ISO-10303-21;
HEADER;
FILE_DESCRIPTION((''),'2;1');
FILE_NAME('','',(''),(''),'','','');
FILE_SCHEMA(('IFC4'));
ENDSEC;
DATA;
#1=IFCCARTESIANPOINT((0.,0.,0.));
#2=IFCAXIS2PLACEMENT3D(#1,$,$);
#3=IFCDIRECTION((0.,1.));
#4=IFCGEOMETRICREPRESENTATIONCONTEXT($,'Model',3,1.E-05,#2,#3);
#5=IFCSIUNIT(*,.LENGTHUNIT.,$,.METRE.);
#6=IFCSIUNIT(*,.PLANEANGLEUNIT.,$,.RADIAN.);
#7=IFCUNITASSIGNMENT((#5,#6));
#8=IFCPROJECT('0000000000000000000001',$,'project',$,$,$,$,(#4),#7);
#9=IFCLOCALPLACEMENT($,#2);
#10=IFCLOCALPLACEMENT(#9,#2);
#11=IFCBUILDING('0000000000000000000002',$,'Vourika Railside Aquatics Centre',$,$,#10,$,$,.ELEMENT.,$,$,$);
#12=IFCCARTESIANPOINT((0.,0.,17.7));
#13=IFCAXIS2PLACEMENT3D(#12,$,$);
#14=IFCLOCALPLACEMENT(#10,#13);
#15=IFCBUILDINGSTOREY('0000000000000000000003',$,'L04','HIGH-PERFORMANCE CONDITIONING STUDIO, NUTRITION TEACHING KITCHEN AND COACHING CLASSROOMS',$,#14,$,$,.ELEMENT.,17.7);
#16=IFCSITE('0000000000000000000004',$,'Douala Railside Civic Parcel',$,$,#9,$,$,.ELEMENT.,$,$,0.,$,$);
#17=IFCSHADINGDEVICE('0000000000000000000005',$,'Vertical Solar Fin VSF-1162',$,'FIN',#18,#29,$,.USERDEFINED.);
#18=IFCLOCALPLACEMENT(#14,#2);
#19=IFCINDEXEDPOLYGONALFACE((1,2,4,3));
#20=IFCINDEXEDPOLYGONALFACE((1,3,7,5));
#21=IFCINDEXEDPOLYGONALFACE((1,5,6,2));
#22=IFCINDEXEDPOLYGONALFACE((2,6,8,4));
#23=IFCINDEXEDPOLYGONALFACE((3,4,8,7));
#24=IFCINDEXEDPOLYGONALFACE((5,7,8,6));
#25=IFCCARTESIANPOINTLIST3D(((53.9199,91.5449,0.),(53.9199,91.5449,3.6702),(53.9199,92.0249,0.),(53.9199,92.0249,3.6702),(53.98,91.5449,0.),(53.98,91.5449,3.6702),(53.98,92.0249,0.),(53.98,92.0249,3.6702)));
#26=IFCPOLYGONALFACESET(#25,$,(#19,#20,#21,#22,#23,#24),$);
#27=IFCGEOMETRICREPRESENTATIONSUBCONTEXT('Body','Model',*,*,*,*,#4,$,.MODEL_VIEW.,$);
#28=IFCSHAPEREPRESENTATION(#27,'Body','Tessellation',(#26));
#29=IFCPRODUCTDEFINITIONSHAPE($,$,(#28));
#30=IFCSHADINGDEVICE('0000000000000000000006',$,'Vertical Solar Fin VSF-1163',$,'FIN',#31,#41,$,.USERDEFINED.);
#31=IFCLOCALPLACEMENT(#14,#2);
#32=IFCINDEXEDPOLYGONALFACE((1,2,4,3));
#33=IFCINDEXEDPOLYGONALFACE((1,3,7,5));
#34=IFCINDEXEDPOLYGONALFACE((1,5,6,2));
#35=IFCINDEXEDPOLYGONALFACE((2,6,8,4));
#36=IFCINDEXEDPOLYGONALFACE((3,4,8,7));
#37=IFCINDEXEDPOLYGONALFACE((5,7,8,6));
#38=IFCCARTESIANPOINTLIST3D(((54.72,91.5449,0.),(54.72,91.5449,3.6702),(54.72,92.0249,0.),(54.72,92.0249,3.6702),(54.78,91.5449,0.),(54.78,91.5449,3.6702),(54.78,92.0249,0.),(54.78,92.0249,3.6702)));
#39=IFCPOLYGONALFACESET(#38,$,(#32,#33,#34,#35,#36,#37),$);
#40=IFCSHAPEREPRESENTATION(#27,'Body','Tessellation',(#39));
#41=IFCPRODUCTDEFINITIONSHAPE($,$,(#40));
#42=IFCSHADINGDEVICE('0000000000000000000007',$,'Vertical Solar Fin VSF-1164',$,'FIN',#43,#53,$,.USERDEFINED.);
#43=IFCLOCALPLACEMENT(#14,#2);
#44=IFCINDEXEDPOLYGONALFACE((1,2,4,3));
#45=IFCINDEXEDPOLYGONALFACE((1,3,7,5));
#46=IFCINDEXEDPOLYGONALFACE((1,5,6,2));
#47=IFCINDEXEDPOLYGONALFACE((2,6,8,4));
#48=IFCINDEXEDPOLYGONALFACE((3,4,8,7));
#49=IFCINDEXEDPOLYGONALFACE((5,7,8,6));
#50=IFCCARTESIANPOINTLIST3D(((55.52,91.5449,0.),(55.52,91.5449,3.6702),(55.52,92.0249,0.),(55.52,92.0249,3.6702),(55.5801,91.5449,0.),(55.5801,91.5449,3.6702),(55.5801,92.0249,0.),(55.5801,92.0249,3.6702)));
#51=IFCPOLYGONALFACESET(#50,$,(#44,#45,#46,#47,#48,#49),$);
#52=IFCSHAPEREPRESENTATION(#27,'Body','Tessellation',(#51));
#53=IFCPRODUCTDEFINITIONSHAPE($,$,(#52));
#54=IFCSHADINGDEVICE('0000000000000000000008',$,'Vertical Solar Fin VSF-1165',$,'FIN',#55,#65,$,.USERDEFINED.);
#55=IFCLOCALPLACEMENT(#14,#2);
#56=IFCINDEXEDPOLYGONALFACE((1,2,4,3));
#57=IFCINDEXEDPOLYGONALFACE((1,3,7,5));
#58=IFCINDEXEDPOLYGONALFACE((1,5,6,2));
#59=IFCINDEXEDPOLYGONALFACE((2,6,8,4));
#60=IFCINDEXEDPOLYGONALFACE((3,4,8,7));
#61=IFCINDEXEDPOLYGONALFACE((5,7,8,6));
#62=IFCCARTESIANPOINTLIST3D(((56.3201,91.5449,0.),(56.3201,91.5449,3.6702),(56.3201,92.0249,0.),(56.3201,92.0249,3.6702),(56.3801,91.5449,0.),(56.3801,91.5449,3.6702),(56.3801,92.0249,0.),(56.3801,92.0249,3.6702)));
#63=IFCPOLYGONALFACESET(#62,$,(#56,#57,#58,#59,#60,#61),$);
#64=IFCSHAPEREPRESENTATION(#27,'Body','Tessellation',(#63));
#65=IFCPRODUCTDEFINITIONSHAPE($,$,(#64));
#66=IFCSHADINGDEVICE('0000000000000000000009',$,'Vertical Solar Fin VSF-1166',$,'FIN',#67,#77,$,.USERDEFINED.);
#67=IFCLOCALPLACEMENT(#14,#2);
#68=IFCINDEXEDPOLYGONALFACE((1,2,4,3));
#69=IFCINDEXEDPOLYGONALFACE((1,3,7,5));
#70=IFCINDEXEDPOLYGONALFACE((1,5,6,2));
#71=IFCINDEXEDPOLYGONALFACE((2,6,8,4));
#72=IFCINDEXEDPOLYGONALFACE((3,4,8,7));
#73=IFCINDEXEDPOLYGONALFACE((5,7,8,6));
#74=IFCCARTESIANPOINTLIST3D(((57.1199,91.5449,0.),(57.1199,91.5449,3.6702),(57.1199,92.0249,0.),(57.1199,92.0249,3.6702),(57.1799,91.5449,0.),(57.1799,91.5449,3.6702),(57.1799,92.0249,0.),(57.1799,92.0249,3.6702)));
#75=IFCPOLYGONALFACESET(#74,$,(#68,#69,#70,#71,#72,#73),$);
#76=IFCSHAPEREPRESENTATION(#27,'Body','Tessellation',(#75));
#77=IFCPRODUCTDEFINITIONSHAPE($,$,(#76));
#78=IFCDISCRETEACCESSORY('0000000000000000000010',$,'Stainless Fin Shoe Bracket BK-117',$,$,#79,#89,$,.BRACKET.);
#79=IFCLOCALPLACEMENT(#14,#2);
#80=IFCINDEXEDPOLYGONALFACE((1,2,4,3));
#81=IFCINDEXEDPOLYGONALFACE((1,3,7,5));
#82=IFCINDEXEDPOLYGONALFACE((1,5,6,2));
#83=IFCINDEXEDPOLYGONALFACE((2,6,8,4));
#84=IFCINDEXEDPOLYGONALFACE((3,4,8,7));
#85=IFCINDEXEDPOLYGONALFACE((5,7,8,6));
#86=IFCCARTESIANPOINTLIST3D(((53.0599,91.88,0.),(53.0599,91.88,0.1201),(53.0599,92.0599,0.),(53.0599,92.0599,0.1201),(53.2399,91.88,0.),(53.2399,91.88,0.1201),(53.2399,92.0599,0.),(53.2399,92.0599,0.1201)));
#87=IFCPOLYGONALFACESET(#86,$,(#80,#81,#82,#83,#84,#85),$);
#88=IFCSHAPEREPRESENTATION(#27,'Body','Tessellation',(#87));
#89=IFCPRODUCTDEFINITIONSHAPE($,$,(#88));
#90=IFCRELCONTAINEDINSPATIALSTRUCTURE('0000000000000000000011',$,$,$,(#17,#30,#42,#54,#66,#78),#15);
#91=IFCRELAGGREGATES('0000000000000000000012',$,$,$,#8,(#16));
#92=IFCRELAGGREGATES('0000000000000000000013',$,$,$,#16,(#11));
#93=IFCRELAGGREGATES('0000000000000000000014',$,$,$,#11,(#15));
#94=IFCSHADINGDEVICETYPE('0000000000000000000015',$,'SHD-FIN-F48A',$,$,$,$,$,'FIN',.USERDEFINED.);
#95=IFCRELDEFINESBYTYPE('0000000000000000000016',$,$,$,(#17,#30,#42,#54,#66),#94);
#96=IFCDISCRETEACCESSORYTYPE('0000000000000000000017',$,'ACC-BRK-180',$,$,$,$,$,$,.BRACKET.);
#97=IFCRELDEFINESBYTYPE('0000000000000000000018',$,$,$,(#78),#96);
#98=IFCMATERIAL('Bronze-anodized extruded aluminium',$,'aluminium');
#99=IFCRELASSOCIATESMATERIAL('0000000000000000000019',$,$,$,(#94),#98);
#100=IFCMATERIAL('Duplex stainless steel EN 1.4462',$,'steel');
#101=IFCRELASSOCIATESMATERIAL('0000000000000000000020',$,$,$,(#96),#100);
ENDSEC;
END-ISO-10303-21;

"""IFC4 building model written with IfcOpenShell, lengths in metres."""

from ifc_helpers import new_model, si_unit, direction, frame, origin, origin_2d, place, context, subcontext, project, spatial, rectangle, extrude, material, material_profile, profile_set, type_object, element, save


model = new_model("IFC4")

# Units and contexts
model_context = context("Model", 3, precision=1e-05, world=origin(), true_north=direction((0.0, 1.0)))
body_context = subcontext(model_context, "Body", "Model", "MODEL_VIEW")
ifc_project = project(units=[si_unit("LENGTHUNIT", "METRE"), si_unit("PLANEANGLEUNIT", "RADIAN")], contexts=[model_context])

# Site, building, storey
site_placement = place(None, origin())
site = spatial("IfcSite", under=ifc_project, at=site_placement, Name="Douala Railside Civic Parcel", CompositionType="ELEMENT", RefElevation=0.0)
building_placement = place(site_placement, origin())
building = spatial("IfcBuilding", under=site, at=building_placement, Name="Vourika Railside Aquatics Centre", CompositionType="ELEMENT")
storey_placement = place(building_placement, frame((0.0, 0.0, 17.7)))
storey = spatial("IfcBuildingStorey", under=building, at=storey_placement, Name="L04", Description="HIGH-PERFORMANCE CONDITIONING STUDIO, NUTRITION TEACHING KITCHEN AND COACHING CLASSROOMS", CompositionType="ELEMENT", Elevation=17.7)

# Shading devices
ifc_material_1 = material(Name="Bronze-anodized extruded aluminium", Category="aluminium")
ifc_material_profile_1 = material_profile(ifc_material_1, rectangle(XDim=0.0601, YDim=0.48, at=origin_2d()), Name="ALU-FIN 60x480")
ifc_profile_set_1 = profile_set([ifc_material_profile_1], Name="Bronze-anodized extruded aluminium")
shading_device_type = type_object("IfcShadingDeviceType", Name="SHD-FIN-F48A", ElementType="FIN", PredefinedType="USERDEFINED", material=ifc_profile_set_1)
for number, where, z_axis, x_axis, name in (
    (1, (53.95, 91.7849, 0.0), (0.0, 0.0, 1.0), (-1.0, 0.0, 0.0), "Vertical Solar Fin VSF-1162"),
    (2, (54.75, 91.7849, 0.0), (0.0, 0.0, 1.0), (-1.0, 0.0, 0.0), "Vertical Solar Fin VSF-1163"),
    (3, (55.55, 91.7849, 0.0), (0.0, 0.0, 1.0), (-1.0, 0.0, 0.0), "Vertical Solar Fin VSF-1164"),
    (4, (56.3501, 91.7849, 0.0), (0.0, 0.0, 1.0), (-1.0, 0.0, 0.0), "Vertical Solar Fin VSF-1165"),
    (5, (57.1499, 91.7849, 0.0), (0.0, 0.0, 1.0), (-1.0, 0.0, 0.0), "Vertical Solar Fin VSF-1166"),
):
    element("IfcShadingDevice", number, at=place(storey_placement, frame(where, z_axis=z_axis, x_axis=x_axis)), inside=storey, type_object=shading_device_type, Name=name, ObjectType="FIN", PredefinedType="USERDEFINED", context=body_context, shape_type="SweptSolid", body=[
        extrude(rectangle(XDim=0.0601, YDim=0.48, at=origin_2d()), origin(), (0.0, 0.0, 1.0), 3.6702),
    ])

# Discrete accessory
ifc_material_2 = material(Name="Duplex stainless steel EN 1.4462", Category="steel")
discrete_accessory_type = type_object("IfcDiscreteAccessoryType", Name="ACC-BRK-180", PredefinedType="BRACKET", material=ifc_material_2)
discrete_accessory_placement = place(storey_placement, frame((53.1499, 91.97, 0.0), z_axis=(0.0, 0.0, 1.0), x_axis=(0.0, -1.0, 0.0)))
element("IfcDiscreteAccessory", 6, at=discrete_accessory_placement, inside=storey, type_object=discrete_accessory_type, Name="Stainless Fin Shoe Bracket BK-117", PredefinedType="BRACKET", context=body_context, shape_type="SweptSolid", body=[
    extrude(rectangle(XDim=0.1799, YDim=0.1799, at=origin_2d()), origin(), (0.0, 0.0, 1.0), 0.1201),
])

save(model, "model.ifc")
